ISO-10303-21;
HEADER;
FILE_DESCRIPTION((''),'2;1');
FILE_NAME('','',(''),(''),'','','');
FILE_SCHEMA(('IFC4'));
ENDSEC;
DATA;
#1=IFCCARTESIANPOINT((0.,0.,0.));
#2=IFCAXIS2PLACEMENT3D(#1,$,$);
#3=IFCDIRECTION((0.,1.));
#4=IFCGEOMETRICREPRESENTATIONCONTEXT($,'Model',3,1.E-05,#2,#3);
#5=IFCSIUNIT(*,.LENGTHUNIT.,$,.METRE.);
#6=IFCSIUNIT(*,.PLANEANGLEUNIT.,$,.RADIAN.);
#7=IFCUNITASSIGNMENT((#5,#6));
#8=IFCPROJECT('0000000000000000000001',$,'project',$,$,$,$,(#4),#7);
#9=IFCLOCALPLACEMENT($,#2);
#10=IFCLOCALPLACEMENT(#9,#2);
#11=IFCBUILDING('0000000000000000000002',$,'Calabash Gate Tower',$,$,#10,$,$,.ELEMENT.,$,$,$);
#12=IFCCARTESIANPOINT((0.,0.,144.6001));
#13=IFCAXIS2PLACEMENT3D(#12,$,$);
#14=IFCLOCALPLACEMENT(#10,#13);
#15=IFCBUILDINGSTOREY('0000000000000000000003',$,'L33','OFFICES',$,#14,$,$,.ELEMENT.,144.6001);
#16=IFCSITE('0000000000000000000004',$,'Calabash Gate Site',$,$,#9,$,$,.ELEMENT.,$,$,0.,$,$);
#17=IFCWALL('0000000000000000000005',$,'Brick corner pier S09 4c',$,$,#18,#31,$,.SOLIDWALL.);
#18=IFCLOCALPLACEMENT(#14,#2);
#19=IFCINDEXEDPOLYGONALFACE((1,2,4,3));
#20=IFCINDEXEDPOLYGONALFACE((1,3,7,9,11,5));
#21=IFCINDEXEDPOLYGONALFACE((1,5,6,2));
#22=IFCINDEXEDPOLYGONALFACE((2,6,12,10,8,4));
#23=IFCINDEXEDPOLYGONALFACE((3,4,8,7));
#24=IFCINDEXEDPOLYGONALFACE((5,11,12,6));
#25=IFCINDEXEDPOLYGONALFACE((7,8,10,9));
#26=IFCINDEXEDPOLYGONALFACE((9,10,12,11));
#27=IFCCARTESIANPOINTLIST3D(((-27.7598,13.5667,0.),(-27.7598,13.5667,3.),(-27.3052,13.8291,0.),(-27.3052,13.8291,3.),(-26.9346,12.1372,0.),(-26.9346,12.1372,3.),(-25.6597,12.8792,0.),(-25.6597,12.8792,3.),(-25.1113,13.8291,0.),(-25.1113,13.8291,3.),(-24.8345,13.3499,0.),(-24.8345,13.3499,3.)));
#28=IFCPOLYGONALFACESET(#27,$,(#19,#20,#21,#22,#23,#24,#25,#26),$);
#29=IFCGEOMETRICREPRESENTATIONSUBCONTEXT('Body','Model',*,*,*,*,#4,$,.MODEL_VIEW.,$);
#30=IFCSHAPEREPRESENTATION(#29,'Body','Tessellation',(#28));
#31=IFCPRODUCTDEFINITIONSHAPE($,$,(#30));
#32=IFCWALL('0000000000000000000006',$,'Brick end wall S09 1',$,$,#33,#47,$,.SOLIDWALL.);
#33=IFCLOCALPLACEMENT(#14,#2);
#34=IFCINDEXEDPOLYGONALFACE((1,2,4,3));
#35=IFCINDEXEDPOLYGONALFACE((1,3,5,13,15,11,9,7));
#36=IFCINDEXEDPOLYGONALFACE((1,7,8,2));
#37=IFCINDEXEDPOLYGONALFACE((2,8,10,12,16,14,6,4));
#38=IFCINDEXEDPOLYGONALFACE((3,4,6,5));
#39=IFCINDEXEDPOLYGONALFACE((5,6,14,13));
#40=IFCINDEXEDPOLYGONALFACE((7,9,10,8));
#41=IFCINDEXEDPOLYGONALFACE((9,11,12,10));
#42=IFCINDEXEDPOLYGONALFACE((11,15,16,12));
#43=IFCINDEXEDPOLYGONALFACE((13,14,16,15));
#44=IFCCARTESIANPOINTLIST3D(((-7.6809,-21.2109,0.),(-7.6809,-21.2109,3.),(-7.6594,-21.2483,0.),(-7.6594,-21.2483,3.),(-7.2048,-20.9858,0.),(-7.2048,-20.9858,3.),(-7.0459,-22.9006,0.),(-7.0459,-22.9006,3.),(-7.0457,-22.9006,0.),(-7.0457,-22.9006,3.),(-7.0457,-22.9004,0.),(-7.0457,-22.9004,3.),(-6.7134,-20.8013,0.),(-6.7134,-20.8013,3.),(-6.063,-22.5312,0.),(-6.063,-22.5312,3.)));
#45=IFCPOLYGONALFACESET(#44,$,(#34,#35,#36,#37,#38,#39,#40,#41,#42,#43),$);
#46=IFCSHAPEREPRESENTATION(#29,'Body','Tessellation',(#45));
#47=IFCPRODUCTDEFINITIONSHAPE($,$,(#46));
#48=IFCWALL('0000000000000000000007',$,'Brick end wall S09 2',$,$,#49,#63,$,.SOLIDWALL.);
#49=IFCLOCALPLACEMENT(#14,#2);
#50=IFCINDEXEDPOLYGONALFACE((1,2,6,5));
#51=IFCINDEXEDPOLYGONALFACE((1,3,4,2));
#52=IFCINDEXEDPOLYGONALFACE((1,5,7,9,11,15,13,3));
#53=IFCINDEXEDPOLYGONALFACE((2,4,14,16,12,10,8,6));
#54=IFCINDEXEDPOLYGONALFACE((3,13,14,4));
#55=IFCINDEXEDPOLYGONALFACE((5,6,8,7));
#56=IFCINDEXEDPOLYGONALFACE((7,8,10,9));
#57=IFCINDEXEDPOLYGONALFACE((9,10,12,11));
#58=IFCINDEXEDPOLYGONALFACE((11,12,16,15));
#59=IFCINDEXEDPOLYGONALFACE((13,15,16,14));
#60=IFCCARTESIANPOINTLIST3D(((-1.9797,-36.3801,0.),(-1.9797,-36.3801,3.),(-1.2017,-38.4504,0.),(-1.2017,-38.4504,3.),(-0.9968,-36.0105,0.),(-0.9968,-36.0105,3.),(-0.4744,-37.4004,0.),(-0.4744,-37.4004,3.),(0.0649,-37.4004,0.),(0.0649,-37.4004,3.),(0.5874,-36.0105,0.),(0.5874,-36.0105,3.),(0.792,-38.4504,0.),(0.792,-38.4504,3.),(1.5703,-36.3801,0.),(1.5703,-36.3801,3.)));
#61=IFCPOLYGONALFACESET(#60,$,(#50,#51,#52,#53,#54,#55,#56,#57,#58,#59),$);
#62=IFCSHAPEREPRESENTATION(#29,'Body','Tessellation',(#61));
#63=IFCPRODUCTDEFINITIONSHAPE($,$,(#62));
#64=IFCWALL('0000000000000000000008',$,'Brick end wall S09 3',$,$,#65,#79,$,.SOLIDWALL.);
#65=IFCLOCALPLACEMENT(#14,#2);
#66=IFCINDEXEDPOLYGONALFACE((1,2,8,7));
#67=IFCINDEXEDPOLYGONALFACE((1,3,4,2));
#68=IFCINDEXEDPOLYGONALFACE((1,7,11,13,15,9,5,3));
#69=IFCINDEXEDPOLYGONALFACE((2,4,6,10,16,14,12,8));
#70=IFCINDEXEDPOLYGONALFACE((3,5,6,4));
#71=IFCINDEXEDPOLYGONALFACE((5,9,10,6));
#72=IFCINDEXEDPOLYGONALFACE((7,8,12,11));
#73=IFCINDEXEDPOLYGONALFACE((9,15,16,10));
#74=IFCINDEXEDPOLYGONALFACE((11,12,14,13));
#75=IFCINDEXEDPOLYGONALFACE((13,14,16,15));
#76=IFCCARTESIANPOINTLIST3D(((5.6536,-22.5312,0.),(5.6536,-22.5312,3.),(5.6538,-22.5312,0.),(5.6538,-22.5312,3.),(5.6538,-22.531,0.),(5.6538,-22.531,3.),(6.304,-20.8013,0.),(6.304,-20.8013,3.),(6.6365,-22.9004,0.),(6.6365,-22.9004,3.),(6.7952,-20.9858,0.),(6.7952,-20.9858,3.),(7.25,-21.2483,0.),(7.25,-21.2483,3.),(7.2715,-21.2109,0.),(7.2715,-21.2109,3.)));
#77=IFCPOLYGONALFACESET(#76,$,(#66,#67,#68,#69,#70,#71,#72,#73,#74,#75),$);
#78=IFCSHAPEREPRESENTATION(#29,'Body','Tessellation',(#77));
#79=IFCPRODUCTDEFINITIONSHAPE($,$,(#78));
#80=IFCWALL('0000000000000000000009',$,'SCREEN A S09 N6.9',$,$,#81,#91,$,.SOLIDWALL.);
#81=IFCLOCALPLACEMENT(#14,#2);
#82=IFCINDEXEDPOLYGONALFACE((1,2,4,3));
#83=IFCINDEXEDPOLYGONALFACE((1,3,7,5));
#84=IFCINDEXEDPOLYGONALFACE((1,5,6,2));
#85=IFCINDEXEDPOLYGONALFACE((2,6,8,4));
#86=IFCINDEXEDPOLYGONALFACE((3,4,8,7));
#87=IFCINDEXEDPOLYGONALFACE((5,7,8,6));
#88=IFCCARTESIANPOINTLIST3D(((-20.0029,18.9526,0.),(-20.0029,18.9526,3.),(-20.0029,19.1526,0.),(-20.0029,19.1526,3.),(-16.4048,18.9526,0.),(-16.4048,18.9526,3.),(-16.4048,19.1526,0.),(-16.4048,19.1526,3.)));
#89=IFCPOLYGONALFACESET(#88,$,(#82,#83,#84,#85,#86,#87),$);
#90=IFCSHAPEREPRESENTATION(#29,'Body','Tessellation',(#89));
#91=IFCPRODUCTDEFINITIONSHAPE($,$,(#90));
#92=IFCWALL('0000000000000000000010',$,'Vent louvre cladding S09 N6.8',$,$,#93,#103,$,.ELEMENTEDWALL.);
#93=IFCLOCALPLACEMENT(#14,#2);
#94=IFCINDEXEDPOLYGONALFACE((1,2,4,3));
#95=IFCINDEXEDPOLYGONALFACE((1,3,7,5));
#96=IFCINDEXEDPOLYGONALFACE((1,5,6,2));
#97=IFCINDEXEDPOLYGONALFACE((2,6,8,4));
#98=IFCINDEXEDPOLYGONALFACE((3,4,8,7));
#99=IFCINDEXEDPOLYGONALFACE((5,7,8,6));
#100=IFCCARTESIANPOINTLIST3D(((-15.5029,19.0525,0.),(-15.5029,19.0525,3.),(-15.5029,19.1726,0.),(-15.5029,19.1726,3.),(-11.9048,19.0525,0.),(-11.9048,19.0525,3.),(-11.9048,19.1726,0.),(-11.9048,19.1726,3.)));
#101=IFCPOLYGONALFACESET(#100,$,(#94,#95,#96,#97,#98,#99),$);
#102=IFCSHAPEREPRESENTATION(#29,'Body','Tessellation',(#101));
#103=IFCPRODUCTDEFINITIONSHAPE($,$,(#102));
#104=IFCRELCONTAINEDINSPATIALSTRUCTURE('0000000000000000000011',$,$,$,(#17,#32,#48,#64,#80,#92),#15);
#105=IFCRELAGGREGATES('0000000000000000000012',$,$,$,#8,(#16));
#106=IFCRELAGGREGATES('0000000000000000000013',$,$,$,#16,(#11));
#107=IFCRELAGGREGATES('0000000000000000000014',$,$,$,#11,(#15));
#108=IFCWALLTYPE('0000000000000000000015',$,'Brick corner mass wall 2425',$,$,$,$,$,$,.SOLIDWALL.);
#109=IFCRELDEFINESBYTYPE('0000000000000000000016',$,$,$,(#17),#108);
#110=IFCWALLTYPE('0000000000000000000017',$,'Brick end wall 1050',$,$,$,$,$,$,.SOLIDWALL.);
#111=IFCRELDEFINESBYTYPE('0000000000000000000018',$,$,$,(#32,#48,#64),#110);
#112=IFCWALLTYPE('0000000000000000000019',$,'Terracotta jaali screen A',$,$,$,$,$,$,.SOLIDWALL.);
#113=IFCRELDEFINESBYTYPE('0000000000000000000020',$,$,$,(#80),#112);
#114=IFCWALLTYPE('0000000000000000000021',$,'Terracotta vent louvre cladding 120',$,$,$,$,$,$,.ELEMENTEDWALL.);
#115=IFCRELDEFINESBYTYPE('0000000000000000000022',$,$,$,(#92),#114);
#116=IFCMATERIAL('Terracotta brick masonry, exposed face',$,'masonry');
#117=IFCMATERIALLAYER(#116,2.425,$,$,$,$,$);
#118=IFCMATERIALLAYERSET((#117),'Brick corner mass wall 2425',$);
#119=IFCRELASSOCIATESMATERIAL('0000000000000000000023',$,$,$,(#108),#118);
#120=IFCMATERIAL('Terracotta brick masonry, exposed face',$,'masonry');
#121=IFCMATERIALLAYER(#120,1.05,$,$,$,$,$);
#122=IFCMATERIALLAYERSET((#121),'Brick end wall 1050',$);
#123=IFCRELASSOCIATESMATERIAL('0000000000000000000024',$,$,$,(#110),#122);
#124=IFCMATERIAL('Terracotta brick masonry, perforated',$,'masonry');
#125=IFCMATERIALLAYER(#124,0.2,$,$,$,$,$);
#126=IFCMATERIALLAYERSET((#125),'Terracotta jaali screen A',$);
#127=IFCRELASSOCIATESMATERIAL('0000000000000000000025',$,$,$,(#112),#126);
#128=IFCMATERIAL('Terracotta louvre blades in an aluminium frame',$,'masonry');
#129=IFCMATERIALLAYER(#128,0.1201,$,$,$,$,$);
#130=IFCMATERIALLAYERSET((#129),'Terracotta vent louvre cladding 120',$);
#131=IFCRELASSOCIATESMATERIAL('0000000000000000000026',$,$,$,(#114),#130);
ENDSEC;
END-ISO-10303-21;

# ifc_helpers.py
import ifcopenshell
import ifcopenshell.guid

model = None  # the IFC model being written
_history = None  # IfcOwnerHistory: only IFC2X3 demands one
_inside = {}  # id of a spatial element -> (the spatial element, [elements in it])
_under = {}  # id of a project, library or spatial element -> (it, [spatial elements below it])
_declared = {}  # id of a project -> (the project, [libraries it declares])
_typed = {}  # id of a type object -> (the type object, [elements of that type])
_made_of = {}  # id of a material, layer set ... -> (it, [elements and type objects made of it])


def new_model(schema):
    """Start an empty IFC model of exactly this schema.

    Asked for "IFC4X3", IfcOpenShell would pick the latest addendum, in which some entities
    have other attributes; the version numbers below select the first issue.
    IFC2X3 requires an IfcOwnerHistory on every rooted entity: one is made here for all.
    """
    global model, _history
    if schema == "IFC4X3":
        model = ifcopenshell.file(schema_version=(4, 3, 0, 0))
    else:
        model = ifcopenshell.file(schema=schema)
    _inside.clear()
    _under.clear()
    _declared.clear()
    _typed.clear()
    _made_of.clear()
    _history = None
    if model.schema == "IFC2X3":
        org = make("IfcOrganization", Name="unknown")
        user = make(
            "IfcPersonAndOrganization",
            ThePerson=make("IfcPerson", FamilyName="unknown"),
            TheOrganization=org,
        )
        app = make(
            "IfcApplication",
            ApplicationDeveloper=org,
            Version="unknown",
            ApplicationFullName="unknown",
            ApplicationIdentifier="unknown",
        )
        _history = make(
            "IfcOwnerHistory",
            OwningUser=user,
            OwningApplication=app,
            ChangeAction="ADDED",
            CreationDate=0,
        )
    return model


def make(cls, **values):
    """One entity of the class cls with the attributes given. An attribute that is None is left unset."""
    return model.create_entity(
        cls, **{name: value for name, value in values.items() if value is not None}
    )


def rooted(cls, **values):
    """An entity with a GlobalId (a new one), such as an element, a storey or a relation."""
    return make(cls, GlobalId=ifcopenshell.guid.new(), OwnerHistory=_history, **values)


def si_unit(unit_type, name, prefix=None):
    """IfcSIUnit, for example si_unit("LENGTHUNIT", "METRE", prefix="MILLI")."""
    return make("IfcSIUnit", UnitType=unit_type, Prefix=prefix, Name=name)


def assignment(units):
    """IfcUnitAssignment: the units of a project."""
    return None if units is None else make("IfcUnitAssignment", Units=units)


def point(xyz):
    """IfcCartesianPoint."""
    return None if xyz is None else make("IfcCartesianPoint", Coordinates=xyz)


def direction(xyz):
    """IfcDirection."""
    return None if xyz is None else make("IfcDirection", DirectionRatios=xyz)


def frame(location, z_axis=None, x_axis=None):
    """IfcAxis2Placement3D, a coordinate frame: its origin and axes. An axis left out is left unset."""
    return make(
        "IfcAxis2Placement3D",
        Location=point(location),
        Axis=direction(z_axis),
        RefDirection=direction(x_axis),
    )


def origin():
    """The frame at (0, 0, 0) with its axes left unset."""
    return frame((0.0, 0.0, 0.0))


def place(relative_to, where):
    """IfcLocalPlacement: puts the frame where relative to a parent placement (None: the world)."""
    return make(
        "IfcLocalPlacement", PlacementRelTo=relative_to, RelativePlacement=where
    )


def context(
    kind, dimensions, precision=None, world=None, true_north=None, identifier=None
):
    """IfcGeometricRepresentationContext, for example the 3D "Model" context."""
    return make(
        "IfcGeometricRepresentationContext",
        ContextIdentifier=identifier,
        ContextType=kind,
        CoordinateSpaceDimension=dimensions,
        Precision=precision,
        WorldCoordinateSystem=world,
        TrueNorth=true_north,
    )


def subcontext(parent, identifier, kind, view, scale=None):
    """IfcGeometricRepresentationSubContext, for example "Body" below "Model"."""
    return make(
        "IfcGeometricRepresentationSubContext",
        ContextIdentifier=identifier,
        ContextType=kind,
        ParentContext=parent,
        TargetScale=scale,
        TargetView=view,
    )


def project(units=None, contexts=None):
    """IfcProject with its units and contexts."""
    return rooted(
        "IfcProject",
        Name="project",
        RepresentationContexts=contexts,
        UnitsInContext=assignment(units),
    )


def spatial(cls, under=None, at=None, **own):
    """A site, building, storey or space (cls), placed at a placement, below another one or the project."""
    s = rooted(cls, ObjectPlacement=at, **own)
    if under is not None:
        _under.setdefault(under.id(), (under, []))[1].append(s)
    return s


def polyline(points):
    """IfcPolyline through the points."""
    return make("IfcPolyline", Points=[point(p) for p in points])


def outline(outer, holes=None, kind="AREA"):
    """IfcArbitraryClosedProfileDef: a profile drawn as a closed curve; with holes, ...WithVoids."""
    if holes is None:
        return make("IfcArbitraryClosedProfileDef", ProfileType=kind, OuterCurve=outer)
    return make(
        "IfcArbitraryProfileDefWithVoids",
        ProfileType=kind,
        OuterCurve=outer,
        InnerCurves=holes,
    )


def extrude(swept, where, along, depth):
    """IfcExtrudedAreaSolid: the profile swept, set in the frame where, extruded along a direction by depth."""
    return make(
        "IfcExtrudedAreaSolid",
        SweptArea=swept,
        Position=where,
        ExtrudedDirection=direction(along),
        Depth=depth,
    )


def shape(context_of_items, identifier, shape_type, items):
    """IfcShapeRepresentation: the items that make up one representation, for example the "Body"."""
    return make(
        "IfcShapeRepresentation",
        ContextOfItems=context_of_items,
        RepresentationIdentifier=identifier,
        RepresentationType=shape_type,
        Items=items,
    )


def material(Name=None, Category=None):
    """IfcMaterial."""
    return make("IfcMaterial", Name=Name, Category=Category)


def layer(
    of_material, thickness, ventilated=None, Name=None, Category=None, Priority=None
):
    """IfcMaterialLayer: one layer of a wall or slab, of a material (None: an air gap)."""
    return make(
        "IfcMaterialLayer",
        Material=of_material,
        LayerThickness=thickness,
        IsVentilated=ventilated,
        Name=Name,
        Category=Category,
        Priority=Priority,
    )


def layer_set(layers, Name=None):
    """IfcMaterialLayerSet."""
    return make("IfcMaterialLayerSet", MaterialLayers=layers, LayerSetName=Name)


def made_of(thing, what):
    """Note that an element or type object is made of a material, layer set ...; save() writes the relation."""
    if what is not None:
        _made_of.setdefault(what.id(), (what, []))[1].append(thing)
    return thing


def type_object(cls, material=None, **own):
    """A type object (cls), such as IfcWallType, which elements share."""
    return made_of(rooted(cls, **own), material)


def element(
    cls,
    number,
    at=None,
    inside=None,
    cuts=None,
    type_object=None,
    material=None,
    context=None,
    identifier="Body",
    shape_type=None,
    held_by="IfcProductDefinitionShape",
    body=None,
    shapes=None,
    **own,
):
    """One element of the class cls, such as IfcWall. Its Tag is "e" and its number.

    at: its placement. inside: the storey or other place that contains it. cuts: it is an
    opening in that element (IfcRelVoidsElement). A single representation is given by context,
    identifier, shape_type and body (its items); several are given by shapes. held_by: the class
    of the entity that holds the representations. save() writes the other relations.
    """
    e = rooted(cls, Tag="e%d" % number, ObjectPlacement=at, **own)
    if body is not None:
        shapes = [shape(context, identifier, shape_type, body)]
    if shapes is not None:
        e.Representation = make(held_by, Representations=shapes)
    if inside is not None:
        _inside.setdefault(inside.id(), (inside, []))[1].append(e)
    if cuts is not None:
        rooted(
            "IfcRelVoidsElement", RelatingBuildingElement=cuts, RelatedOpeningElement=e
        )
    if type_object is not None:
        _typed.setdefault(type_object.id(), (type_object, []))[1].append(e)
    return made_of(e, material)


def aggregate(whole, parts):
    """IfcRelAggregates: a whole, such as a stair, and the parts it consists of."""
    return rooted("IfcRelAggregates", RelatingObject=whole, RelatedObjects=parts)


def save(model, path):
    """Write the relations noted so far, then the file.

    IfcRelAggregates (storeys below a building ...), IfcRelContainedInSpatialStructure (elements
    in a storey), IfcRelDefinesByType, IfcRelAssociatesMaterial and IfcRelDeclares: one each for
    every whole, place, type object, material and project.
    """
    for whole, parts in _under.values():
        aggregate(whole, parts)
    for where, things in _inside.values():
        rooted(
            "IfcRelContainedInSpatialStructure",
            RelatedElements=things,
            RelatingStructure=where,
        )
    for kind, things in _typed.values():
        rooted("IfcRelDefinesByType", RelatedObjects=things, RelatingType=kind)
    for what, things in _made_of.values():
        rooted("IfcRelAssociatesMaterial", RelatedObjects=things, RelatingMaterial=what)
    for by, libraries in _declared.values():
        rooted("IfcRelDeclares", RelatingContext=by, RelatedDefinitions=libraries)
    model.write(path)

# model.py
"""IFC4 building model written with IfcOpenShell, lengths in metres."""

from ifc_helpers import new_model, si_unit, direction, frame, origin, place, context, subcontext, project, spatial, polyline, outline, extrude, material, layer, layer_set, type_object, element, save


model = new_model("IFC4")

# Units and contexts
model_context = context("Model", 3, precision=1e-05, world=origin(), true_north=direction((0.0, 1.0)))
body_context = subcontext(model_context, "Body", "Model", "MODEL_VIEW")
ifc_project = project(units=[si_unit("LENGTHUNIT", "METRE"), si_unit("PLANEANGLEUNIT", "RADIAN")], contexts=[model_context])

# Site, building, storey
site_placement = place(None, origin())
site = spatial("IfcSite", under=ifc_project, at=site_placement, Name="Calabash Gate Site", CompositionType="ELEMENT", RefElevation=0.0)
building_placement = place(site_placement, origin())
building = spatial("IfcBuilding", under=site, at=building_placement, Name="Calabash Gate Tower", CompositionType="ELEMENT")
storey_placement = place(building_placement, frame((0.0, 0.0, 144.6001)))
storey = spatial("IfcBuildingStorey", under=building, at=storey_placement, Name="L33", Description="OFFICES", CompositionType="ELEMENT", Elevation=144.6001)

# Walls
ifc_material_1 = material(Name="Terracotta brick masonry, exposed face", Category="masonry")
ifc_layer_1 = layer(ifc_material_1, 2.425)
ifc_layer_set_1 = layer_set([ifc_layer_1], Name="Brick corner mass wall 2425")
wall_type_1 = type_object("IfcWallType", Name="Brick corner mass wall 2425", PredefinedType="SOLIDWALL", material=ifc_layer_set_1)
wall_1_placement = place(storey_placement, origin())
element("IfcWall", 1, at=wall_1_placement, inside=storey, type_object=wall_type_1, Name="Brick corner pier S09 4c", PredefinedType="SOLIDWALL", context=body_context, shape_type="SweptSolid", body=[
    extrude(outline(polyline([(-24.8345, 13.3499), (-25.1113, 13.8291), (-25.6597, 12.8792), (-27.3052, 13.8291), (-27.7598, 13.5667), (-26.9346, 12.1372), (-24.8345, 13.3499)])), origin(), (0.0, 0.0, 1.0), 3.0),
])
ifc_material_2 = material(Name="Terracotta brick masonry, exposed face", Category="masonry")
ifc_layer_2 = layer(ifc_material_2, 1.05)
ifc_layer_set_2 = layer_set([ifc_layer_2], Name="Brick end wall 1050")
wall_type_2 = type_object("IfcWallType", Name="Brick end wall 1050", PredefinedType="SOLIDWALL", material=ifc_layer_set_2)
wall_2_placement = place(storey_placement, origin())
element("IfcWall", 2, at=wall_2_placement, inside=storey, type_object=wall_type_2, Name="Brick end wall S09 1", PredefinedType="SOLIDWALL", context=body_context, shape_type="SweptSolid", body=[
    extrude(outline(polyline([(-6.063, -22.5312), (-6.7134, -20.8013), (-7.2048, -20.9858), (-7.6594, -21.2483), (-7.6809, -21.2109), (-7.0459, -22.9006), (-7.0457, -22.9006), (-7.0457, -22.9004), (-6.063, -22.5312)])), origin(), (0.0, 0.0, 1.0), 3.0),
])
wall_3_placement = place(storey_placement, origin())
element("IfcWall", 3, at=wall_3_placement, inside=storey, type_object=wall_type_2, Name="Brick end wall S09 2", PredefinedType="SOLIDWALL", context=body_context, shape_type="SweptSolid", body=[
    extrude(outline(polyline([(-0.4744, -37.4004), (-0.9968, -36.0105), (-1.9797, -36.3801), (-1.2017, -38.4504), (0.792, -38.4504), (1.5703, -36.3801), (0.5874, -36.0105), (0.0649, -37.4004), (-0.4744, -37.4004)])), origin(), (0.0, 0.0, 1.0), 3.0),
])
wall_4_placement = place(storey_placement, origin())
element("IfcWall", 4, at=wall_4_placement, inside=storey, type_object=wall_type_2, Name="Brick end wall S09 3", PredefinedType="SOLIDWALL", context=body_context, shape_type="SweptSolid", body=[
    extrude(outline(polyline([(6.304, -20.8013), (5.6536, -22.5312), (5.6538, -22.5312), (5.6538, -22.531), (6.6365, -22.9004), (7.2715, -21.2109), (7.25, -21.2483), (6.7952, -20.9858), (6.304, -20.8013)])), origin(), (0.0, 0.0, 1.0), 3.0),
])
ifc_material_3 = material(Name="Terracotta brick masonry, perforated", Category="masonry")
ifc_layer_3 = layer(ifc_material_3, 0.2)
ifc_layer_set_3 = layer_set([ifc_layer_3], Name="Terracotta jaali screen A")
wall_type_3 = type_object("IfcWallType", Name="Terracotta jaali screen A", PredefinedType="SOLIDWALL", material=ifc_layer_set_3)
wall_5_placement = place(storey_placement, origin())
element("IfcWall", 5, at=wall_5_placement, inside=storey, type_object=wall_type_3, Name="SCREEN A S09 N6.9", PredefinedType="SOLIDWALL", context=body_context, shape_type="SweptSolid", body=[
    extrude(outline(polyline([(-16.4048, 19.1526), (-20.0029, 19.1526), (-20.0029, 18.9526), (-16.4048, 18.9526), (-16.4048, 19.1526)])), origin(), (0.0, 0.0, 1.0), 3.0),
])
ifc_material_4 = material(Name="Terracotta louvre blades in an aluminium frame", Category="masonry")
ifc_layer_4 = layer(ifc_material_4, 0.1201)
ifc_layer_set_4 = layer_set([ifc_layer_4], Name="Terracotta vent louvre cladding 120")
wall_type_4 = type_object("IfcWallType", Name="Terracotta vent louvre cladding 120", PredefinedType="ELEMENTEDWALL", material=ifc_layer_set_4)
wall_6_placement = place(storey_placement, origin())
element("IfcWall", 6, at=wall_6_placement, inside=storey, type_object=wall_type_4, Name="Vent louvre cladding S09 N6.8", PredefinedType="ELEMENTEDWALL", context=body_context, shape_type="SweptSolid", body=[
    extrude(outline(polyline([(-11.9048, 19.0525), (-11.9048, 19.1726), (-15.5029, 19.1726), (-15.5029, 19.0525), (-11.9048, 19.0525)])), origin(), (0.0, 0.0, 1.0), 3.0),
])

save(model, "model.ifc")
